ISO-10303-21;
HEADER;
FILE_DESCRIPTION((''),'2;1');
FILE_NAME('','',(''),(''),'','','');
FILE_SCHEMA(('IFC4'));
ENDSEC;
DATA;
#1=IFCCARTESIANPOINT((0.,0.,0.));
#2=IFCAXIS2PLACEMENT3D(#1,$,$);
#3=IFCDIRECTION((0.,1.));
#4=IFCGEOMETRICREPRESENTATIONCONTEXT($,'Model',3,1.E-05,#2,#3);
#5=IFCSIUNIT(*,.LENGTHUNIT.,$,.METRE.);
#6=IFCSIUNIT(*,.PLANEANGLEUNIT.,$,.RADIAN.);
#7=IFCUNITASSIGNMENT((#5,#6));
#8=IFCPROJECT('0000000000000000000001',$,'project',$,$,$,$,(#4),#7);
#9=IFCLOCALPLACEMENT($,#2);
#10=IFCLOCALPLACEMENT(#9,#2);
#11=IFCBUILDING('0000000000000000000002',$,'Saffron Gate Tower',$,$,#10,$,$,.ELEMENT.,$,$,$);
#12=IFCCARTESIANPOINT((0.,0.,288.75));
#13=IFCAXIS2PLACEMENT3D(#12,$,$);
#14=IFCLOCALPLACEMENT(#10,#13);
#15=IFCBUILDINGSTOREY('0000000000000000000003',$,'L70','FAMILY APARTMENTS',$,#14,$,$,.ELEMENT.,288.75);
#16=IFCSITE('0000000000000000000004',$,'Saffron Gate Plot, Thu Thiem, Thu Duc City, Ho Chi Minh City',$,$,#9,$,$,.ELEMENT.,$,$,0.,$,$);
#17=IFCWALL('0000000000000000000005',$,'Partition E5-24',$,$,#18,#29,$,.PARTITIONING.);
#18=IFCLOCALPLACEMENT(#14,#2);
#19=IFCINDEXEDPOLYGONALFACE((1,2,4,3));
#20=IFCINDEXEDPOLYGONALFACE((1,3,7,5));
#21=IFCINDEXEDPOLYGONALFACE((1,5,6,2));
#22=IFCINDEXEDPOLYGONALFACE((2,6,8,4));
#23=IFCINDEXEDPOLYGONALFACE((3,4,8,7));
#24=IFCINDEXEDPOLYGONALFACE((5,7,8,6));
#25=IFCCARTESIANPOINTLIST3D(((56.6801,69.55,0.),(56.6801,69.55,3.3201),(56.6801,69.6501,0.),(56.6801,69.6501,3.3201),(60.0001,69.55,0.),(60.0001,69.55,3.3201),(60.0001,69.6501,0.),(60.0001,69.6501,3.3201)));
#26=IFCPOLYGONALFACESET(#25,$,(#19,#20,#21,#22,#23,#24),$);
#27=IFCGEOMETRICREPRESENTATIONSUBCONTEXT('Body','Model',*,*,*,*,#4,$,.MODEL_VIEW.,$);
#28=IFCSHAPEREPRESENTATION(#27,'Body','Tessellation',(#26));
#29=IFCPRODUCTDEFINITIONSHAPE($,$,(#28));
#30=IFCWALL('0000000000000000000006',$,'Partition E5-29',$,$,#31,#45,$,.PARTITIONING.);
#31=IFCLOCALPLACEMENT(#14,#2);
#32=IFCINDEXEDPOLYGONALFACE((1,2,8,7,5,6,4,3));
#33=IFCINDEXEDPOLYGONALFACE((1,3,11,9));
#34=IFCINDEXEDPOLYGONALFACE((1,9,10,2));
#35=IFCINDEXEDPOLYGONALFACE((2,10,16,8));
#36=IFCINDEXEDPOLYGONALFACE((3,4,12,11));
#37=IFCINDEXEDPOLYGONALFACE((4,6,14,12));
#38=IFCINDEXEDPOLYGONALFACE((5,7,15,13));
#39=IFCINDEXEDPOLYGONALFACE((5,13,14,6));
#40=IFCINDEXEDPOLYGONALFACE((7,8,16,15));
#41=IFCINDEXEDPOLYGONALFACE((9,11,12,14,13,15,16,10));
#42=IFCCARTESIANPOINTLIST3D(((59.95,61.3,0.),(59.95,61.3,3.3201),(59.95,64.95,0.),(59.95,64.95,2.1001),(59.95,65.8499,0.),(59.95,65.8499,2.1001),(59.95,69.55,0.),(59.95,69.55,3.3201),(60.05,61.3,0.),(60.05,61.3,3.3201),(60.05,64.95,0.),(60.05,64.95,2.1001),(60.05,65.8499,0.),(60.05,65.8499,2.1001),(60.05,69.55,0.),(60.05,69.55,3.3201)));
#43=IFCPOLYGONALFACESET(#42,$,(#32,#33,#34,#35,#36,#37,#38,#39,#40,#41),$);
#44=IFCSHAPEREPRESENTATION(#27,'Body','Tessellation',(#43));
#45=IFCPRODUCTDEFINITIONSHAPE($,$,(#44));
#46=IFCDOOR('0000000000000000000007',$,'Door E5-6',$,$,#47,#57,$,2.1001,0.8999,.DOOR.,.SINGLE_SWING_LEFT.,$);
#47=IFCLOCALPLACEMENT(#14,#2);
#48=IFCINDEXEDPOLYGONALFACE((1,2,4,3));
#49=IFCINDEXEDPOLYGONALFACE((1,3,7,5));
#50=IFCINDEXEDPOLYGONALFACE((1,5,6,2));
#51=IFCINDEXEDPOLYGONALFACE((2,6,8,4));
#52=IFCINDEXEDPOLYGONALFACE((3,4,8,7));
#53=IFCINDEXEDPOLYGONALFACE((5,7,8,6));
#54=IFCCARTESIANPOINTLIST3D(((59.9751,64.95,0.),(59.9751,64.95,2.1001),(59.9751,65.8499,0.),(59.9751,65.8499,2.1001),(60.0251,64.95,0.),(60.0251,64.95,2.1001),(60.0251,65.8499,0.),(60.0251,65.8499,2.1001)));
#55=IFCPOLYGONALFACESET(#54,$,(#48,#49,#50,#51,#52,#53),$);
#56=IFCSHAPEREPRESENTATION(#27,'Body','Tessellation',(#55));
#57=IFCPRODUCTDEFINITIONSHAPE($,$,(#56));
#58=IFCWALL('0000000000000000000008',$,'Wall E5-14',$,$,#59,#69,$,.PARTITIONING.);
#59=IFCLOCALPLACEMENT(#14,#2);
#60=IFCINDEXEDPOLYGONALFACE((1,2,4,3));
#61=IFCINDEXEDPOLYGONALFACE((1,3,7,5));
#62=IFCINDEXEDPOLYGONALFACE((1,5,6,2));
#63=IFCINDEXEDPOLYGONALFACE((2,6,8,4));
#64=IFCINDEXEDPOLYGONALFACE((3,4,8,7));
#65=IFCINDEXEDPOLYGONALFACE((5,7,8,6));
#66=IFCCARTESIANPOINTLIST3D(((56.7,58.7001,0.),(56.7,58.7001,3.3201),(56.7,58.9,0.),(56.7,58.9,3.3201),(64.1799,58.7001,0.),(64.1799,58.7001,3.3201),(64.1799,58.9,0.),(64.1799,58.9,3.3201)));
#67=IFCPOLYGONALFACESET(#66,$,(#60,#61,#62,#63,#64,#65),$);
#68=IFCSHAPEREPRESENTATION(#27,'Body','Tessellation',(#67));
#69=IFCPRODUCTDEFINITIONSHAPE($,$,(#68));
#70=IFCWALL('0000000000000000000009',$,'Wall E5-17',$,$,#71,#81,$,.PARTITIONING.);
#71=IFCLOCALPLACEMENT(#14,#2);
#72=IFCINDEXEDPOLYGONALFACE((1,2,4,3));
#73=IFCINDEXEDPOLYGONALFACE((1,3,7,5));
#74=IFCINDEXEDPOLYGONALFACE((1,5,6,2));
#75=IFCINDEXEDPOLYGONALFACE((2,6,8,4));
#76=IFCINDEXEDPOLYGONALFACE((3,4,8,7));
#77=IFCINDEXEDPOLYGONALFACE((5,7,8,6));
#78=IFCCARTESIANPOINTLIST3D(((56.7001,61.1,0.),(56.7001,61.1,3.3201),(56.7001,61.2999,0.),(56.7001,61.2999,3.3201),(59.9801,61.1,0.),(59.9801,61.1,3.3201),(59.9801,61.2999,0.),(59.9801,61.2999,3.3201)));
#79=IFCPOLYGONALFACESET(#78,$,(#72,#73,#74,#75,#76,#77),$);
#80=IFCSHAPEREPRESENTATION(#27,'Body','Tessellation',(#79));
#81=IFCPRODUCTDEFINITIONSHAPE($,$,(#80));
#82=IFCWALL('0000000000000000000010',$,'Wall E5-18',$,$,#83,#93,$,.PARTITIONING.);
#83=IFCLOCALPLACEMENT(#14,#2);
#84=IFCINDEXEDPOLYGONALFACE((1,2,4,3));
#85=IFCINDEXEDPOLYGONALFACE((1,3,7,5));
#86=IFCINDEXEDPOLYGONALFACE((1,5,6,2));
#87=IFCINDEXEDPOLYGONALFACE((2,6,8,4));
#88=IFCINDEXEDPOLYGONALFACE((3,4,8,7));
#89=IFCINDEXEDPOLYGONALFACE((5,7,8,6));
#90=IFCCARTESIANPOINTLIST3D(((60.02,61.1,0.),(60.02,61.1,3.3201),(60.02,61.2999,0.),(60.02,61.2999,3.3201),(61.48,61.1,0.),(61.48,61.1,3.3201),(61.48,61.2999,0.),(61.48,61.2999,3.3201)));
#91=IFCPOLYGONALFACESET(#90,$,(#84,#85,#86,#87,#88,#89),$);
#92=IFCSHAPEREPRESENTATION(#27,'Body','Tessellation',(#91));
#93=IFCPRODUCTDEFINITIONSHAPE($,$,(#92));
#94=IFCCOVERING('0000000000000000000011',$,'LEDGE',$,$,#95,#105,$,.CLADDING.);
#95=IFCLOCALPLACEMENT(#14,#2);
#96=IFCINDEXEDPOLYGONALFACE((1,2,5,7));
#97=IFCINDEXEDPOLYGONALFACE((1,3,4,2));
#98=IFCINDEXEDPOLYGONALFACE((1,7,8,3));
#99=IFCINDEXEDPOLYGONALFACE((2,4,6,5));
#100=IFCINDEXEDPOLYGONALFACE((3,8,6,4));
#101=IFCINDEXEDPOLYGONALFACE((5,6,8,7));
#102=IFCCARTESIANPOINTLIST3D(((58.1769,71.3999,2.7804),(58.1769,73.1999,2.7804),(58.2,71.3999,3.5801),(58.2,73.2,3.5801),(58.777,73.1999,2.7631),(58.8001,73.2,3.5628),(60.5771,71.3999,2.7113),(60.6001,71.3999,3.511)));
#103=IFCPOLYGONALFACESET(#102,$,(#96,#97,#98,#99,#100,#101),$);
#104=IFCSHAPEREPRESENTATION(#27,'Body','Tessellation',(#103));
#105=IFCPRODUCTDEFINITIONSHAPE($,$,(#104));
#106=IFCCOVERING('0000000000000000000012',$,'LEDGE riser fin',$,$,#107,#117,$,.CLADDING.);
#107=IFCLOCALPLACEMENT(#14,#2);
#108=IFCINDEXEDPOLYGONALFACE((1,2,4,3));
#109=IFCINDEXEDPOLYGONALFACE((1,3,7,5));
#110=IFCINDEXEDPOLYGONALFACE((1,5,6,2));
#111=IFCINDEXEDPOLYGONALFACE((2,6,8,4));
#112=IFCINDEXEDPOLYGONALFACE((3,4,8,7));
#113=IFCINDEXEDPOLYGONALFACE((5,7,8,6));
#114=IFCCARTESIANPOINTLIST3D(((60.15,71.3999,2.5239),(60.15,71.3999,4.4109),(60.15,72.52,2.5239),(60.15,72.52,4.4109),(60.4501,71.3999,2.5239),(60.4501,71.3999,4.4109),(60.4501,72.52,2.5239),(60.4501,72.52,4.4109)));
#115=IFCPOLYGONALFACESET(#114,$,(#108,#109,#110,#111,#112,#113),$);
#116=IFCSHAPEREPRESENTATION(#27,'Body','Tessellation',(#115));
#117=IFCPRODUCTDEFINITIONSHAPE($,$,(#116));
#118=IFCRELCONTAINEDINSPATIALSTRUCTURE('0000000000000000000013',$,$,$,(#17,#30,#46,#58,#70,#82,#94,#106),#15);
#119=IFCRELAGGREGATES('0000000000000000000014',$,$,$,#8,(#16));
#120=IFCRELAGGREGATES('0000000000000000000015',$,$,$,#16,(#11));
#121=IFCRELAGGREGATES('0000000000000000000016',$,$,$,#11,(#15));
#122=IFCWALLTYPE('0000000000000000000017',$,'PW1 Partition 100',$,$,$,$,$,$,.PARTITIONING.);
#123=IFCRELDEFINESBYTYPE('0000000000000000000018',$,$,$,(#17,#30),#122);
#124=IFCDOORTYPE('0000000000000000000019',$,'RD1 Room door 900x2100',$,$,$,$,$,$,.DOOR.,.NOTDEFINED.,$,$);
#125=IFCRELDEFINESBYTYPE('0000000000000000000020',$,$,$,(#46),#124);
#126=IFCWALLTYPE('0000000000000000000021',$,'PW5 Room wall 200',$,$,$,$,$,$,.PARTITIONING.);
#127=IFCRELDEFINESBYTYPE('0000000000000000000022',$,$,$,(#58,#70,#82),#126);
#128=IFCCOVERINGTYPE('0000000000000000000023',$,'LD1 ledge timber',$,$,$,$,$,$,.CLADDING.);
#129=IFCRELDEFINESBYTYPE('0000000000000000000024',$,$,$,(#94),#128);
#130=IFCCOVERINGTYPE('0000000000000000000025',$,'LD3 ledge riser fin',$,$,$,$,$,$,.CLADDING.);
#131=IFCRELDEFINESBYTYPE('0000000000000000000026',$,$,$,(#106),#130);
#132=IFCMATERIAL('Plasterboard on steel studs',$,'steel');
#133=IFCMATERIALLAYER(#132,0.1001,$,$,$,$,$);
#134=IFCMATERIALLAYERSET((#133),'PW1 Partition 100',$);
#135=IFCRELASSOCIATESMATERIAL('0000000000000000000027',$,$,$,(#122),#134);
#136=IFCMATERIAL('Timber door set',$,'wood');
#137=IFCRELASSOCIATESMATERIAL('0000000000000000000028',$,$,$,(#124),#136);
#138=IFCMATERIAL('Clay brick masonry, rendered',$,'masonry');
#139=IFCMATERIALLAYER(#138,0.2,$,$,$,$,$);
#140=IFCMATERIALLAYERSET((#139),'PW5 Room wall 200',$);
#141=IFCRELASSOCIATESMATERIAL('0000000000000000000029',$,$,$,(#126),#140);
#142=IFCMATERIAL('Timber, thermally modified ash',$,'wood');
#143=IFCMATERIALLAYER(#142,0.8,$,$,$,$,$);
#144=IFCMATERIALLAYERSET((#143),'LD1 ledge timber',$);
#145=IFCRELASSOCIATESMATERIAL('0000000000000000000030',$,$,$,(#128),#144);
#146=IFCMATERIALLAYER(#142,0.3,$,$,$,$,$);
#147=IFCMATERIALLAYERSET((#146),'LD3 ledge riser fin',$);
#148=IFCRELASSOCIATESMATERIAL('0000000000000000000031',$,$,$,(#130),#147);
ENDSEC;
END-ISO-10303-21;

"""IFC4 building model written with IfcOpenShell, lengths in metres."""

from ifc_helpers import new_model, si_unit, direction, frame, frame_2d, origin, origin_2d, place, context, subcontext, project, spatial, polyline, rectangle, outline, extrude, material, layer, layer_set, type_object, element, fill, save


model = new_model("IFC4")

# Units and contexts
model_context = context("Model", 3, precision=1e-05, world=origin(), true_north=direction((0.0, 1.0)))
body_context = subcontext(model_context, "Body", "Model", "MODEL_VIEW")
ifc_project = project(units=[si_unit("LENGTHUNIT", "METRE"), si_unit("PLANEANGLEUNIT", "RADIAN")], contexts=[model_context])

# Site, building, storey
site_placement = place(None, origin())
site = spatial("IfcSite", under=ifc_project, at=site_placement, Name="Saffron Gate Plot, Thu Thiem, Thu Duc City, Ho Chi Minh City", CompositionType="ELEMENT", RefElevation=0.0)
building_placement = place(site_placement, origin())
building = spatial("IfcBuilding", under=site, at=building_placement, Name="Saffron Gate Tower", CompositionType="ELEMENT")
storey_placement = place(building_placement, frame((0.0, 0.0, 288.75)))
storey = spatial("IfcBuildingStorey", under=building, at=storey_placement, Name="L70", Description="FAMILY APARTMENTS", CompositionType="ELEMENT", Elevation=288.75)

# Wall
ifc_material_1 = material(Name="Plasterboard on steel studs", Category="steel")
ifc_layer_1 = layer(ifc_material_1, 0.1001)
ifc_layer_set_1 = layer_set([ifc_layer_1], Name="PW1 Partition 100")
wall_type_1 = type_object("IfcWallType", Name="PW1 Partition 100", PredefinedType="PARTITIONING", material=ifc_layer_set_1)
wall_1_placement = place(storey_placement, frame((56.6799, 69.6001, 0.0), z_axis=(0.0, 0.0, 1.0), x_axis=(1.0, 0.0, 0.0)))
element("IfcWall", 1, at=wall_1_placement, inside=storey, type_object=wall_type_1, Name="Partition E5-24", PredefinedType="PARTITIONING", context=body_context, shape_type="SweptSolid", body=[
    extrude(rectangle(XDim=3.3201, YDim=0.1001, at=frame_2d((1.6602, 0.0))), origin(), (0.0, 0.0, 1.0), 3.3201),
])

# Wall, opening, door
wall_2_placement = place(storey_placement, frame((60.0, 61.3, 0.0), z_axis=(0.0, 0.0, 1.0), x_axis=(0.0, 1.0, 0.0)))
wall_2 = element("IfcWall", 2, at=wall_2_placement, inside=storey, type_object=wall_type_1, Name="Partition E5-29", PredefinedType="PARTITIONING", context=body_context, shape_type="SweptSolid", body=[
    extrude(rectangle(XDim=8.25, YDim=0.1001, at=frame_2d((4.125, 0.0))), origin(), (0.0, 0.0, 1.0), 3.3201),
])
opening_1_placement = place(wall_2_placement, frame((3.6499, 0.0, 0.0)))
opening_1 = element("IfcOpeningElement", 3, at=opening_1_placement, cuts=wall_2, PredefinedType="OPENING", context=body_context, shape_type="SweptSolid", body=[
    extrude(rectangle(XDim=0.8999, YDim=2.1001, at=frame_2d((0.45, 1.05))), frame((0.0, 0.0601, 0.0), z_axis=(0.0, -1.0, 0.0), x_axis=(1.0, 0.0, 0.0)), (0.0, 0.0, 1.0), 0.1201),
])
ifc_material_2 = material(Name="Timber door set", Category="wood")
door_type = type_object("IfcDoorType", Name="RD1 Room door 900x2100", OperationType="NOTDEFINED", PredefinedType="DOOR", material=ifc_material_2)
door_placement = place(opening_1_placement, origin())
door = element("IfcDoor", 4, at=door_placement, inside=storey, type_object=door_type, Name="Door E5-6", OperationType="SINGLE_SWING_LEFT", OverallHeight=2.1001, OverallWidth=0.8999, PredefinedType="DOOR", context=body_context, shape_type="SweptSolid", body=[
    extrude(rectangle(XDim=0.8999, YDim=2.1001, at=frame_2d((0.45, 1.05))), frame((0.0, 0.0249, 0.0), z_axis=(0.0, -1.0, 0.0), x_axis=(1.0, 0.0, 0.0)), (0.0, 0.0, 1.0), 0.05),
])
fill(opening_1, door)

# Walls
ifc_material_3 = material(Name="Clay brick masonry, rendered", Category="masonry")
ifc_layer_2 = layer(ifc_material_3, 0.2)
ifc_layer_set_2 = layer_set([ifc_layer_2], Name="PW5 Room wall 200")
wall_type_2 = type_object("IfcWallType", Name="PW5 Room wall 200", PredefinedType="PARTITIONING", material=ifc_layer_set_2)
wall_3_placement = place(storey_placement, frame((56.7, 58.8, 0.0), z_axis=(0.0, 0.0, 1.0), x_axis=(1.0, 0.0, 0.0)))
element("IfcWall", 5, at=wall_3_placement, inside=storey, type_object=wall_type_2, Name="Wall E5-14", PredefinedType="PARTITIONING", context=body_context, shape_type="SweptSolid", body=[
    extrude(rectangle(XDim=7.48, YDim=0.2, at=frame_2d((3.74, 0.0))), origin(), (0.0, 0.0, 1.0), 3.3201),
])
wall_4_placement = place(storey_placement, frame((56.7, 61.2, 0.0), z_axis=(0.0, 0.0, 1.0), x_axis=(1.0, 0.0, 0.0)))
element("IfcWall", 6, at=wall_4_placement, inside=storey, type_object=wall_type_2, Name="Wall E5-17", PredefinedType="PARTITIONING", context=body_context, shape_type="SweptSolid", body=[
    extrude(rectangle(XDim=3.28, YDim=0.2, at=frame_2d((1.6401, 0.0))), origin(), (0.0, 0.0, 1.0), 3.3201),
])
wall_5_placement = place(storey_placement, frame((60.02, 61.2, 0.0), z_axis=(0.0, 0.0, 1.0), x_axis=(1.0, 0.0, 0.0)))
element("IfcWall", 7, at=wall_5_placement, inside=storey, type_object=wall_type_2, Name="Wall E5-18", PredefinedType="PARTITIONING", context=body_context, shape_type="SweptSolid", body=[
    extrude(rectangle(XDim=1.46, YDim=0.2, at=frame_2d((0.73, 0.0))), origin(), (0.0, 0.0, 1.0), 3.3201),
])

# Coverings
ifc_material_4 = material(Name="Timber, thermally modified ash", Category="wood")
ifc_layer_3 = layer(ifc_material_4, 0.8)
ifc_layer_set_3 = layer_set([ifc_layer_3], Name="LD1 ledge timber")
covering_type_1 = type_object("IfcCoveringType", Name="LD1 ledge timber", PredefinedType="CLADDING", material=ifc_layer_set_3)
covering_1_placement = place(storey_placement, frame((60.6001, 71.3999, 3.511), z_axis=(0.028794, 0.000026, 0.999585), x_axis=(-0.999585, 0.0, 0.028794)))
element("IfcCovering", 8, at=covering_1_placement, inside=storey, type_object=covering_type_1, Name="LEDGE", PredefinedType="CLADDING", context=body_context, shape_type="SweptSolid", body=[
    extrude(outline(polyline([(0.0, 0.0), (2.4011, 0.0), (2.4011, -1.8), (1.8008, -1.8), (0.0, 0.0)])), origin(), (0.0, 0.0, -1.0), 0.8),
])
ifc_layer_4 = layer(ifc_material_4, 0.3)
ifc_layer_set_4 = layer_set([ifc_layer_4], Name="LD3 ledge riser fin")
covering_type_2 = type_object("IfcCoveringType", Name="LD3 ledge riser fin", PredefinedType="CLADDING", material=ifc_layer_set_4)
covering_2_placement = place(storey_placement, frame((60.3, 71.96, 2.5239), z_axis=(0.0, 0.0, 1.0), x_axis=(-1.0, 0.0, 0.0)))
element("IfcCovering", 9, at=covering_2_placement, inside=storey, type_object=covering_type_2, Name="LEDGE riser fin", PredefinedType="CLADDING", context=body_context, shape_type="SweptSolid", body=[
    extrude(rectangle(XDim=0.3, YDim=1.1201, at=origin_2d()), origin(), (0.0, 0.0, 1.0), 1.887),
])

save(model, "model.ifc")
